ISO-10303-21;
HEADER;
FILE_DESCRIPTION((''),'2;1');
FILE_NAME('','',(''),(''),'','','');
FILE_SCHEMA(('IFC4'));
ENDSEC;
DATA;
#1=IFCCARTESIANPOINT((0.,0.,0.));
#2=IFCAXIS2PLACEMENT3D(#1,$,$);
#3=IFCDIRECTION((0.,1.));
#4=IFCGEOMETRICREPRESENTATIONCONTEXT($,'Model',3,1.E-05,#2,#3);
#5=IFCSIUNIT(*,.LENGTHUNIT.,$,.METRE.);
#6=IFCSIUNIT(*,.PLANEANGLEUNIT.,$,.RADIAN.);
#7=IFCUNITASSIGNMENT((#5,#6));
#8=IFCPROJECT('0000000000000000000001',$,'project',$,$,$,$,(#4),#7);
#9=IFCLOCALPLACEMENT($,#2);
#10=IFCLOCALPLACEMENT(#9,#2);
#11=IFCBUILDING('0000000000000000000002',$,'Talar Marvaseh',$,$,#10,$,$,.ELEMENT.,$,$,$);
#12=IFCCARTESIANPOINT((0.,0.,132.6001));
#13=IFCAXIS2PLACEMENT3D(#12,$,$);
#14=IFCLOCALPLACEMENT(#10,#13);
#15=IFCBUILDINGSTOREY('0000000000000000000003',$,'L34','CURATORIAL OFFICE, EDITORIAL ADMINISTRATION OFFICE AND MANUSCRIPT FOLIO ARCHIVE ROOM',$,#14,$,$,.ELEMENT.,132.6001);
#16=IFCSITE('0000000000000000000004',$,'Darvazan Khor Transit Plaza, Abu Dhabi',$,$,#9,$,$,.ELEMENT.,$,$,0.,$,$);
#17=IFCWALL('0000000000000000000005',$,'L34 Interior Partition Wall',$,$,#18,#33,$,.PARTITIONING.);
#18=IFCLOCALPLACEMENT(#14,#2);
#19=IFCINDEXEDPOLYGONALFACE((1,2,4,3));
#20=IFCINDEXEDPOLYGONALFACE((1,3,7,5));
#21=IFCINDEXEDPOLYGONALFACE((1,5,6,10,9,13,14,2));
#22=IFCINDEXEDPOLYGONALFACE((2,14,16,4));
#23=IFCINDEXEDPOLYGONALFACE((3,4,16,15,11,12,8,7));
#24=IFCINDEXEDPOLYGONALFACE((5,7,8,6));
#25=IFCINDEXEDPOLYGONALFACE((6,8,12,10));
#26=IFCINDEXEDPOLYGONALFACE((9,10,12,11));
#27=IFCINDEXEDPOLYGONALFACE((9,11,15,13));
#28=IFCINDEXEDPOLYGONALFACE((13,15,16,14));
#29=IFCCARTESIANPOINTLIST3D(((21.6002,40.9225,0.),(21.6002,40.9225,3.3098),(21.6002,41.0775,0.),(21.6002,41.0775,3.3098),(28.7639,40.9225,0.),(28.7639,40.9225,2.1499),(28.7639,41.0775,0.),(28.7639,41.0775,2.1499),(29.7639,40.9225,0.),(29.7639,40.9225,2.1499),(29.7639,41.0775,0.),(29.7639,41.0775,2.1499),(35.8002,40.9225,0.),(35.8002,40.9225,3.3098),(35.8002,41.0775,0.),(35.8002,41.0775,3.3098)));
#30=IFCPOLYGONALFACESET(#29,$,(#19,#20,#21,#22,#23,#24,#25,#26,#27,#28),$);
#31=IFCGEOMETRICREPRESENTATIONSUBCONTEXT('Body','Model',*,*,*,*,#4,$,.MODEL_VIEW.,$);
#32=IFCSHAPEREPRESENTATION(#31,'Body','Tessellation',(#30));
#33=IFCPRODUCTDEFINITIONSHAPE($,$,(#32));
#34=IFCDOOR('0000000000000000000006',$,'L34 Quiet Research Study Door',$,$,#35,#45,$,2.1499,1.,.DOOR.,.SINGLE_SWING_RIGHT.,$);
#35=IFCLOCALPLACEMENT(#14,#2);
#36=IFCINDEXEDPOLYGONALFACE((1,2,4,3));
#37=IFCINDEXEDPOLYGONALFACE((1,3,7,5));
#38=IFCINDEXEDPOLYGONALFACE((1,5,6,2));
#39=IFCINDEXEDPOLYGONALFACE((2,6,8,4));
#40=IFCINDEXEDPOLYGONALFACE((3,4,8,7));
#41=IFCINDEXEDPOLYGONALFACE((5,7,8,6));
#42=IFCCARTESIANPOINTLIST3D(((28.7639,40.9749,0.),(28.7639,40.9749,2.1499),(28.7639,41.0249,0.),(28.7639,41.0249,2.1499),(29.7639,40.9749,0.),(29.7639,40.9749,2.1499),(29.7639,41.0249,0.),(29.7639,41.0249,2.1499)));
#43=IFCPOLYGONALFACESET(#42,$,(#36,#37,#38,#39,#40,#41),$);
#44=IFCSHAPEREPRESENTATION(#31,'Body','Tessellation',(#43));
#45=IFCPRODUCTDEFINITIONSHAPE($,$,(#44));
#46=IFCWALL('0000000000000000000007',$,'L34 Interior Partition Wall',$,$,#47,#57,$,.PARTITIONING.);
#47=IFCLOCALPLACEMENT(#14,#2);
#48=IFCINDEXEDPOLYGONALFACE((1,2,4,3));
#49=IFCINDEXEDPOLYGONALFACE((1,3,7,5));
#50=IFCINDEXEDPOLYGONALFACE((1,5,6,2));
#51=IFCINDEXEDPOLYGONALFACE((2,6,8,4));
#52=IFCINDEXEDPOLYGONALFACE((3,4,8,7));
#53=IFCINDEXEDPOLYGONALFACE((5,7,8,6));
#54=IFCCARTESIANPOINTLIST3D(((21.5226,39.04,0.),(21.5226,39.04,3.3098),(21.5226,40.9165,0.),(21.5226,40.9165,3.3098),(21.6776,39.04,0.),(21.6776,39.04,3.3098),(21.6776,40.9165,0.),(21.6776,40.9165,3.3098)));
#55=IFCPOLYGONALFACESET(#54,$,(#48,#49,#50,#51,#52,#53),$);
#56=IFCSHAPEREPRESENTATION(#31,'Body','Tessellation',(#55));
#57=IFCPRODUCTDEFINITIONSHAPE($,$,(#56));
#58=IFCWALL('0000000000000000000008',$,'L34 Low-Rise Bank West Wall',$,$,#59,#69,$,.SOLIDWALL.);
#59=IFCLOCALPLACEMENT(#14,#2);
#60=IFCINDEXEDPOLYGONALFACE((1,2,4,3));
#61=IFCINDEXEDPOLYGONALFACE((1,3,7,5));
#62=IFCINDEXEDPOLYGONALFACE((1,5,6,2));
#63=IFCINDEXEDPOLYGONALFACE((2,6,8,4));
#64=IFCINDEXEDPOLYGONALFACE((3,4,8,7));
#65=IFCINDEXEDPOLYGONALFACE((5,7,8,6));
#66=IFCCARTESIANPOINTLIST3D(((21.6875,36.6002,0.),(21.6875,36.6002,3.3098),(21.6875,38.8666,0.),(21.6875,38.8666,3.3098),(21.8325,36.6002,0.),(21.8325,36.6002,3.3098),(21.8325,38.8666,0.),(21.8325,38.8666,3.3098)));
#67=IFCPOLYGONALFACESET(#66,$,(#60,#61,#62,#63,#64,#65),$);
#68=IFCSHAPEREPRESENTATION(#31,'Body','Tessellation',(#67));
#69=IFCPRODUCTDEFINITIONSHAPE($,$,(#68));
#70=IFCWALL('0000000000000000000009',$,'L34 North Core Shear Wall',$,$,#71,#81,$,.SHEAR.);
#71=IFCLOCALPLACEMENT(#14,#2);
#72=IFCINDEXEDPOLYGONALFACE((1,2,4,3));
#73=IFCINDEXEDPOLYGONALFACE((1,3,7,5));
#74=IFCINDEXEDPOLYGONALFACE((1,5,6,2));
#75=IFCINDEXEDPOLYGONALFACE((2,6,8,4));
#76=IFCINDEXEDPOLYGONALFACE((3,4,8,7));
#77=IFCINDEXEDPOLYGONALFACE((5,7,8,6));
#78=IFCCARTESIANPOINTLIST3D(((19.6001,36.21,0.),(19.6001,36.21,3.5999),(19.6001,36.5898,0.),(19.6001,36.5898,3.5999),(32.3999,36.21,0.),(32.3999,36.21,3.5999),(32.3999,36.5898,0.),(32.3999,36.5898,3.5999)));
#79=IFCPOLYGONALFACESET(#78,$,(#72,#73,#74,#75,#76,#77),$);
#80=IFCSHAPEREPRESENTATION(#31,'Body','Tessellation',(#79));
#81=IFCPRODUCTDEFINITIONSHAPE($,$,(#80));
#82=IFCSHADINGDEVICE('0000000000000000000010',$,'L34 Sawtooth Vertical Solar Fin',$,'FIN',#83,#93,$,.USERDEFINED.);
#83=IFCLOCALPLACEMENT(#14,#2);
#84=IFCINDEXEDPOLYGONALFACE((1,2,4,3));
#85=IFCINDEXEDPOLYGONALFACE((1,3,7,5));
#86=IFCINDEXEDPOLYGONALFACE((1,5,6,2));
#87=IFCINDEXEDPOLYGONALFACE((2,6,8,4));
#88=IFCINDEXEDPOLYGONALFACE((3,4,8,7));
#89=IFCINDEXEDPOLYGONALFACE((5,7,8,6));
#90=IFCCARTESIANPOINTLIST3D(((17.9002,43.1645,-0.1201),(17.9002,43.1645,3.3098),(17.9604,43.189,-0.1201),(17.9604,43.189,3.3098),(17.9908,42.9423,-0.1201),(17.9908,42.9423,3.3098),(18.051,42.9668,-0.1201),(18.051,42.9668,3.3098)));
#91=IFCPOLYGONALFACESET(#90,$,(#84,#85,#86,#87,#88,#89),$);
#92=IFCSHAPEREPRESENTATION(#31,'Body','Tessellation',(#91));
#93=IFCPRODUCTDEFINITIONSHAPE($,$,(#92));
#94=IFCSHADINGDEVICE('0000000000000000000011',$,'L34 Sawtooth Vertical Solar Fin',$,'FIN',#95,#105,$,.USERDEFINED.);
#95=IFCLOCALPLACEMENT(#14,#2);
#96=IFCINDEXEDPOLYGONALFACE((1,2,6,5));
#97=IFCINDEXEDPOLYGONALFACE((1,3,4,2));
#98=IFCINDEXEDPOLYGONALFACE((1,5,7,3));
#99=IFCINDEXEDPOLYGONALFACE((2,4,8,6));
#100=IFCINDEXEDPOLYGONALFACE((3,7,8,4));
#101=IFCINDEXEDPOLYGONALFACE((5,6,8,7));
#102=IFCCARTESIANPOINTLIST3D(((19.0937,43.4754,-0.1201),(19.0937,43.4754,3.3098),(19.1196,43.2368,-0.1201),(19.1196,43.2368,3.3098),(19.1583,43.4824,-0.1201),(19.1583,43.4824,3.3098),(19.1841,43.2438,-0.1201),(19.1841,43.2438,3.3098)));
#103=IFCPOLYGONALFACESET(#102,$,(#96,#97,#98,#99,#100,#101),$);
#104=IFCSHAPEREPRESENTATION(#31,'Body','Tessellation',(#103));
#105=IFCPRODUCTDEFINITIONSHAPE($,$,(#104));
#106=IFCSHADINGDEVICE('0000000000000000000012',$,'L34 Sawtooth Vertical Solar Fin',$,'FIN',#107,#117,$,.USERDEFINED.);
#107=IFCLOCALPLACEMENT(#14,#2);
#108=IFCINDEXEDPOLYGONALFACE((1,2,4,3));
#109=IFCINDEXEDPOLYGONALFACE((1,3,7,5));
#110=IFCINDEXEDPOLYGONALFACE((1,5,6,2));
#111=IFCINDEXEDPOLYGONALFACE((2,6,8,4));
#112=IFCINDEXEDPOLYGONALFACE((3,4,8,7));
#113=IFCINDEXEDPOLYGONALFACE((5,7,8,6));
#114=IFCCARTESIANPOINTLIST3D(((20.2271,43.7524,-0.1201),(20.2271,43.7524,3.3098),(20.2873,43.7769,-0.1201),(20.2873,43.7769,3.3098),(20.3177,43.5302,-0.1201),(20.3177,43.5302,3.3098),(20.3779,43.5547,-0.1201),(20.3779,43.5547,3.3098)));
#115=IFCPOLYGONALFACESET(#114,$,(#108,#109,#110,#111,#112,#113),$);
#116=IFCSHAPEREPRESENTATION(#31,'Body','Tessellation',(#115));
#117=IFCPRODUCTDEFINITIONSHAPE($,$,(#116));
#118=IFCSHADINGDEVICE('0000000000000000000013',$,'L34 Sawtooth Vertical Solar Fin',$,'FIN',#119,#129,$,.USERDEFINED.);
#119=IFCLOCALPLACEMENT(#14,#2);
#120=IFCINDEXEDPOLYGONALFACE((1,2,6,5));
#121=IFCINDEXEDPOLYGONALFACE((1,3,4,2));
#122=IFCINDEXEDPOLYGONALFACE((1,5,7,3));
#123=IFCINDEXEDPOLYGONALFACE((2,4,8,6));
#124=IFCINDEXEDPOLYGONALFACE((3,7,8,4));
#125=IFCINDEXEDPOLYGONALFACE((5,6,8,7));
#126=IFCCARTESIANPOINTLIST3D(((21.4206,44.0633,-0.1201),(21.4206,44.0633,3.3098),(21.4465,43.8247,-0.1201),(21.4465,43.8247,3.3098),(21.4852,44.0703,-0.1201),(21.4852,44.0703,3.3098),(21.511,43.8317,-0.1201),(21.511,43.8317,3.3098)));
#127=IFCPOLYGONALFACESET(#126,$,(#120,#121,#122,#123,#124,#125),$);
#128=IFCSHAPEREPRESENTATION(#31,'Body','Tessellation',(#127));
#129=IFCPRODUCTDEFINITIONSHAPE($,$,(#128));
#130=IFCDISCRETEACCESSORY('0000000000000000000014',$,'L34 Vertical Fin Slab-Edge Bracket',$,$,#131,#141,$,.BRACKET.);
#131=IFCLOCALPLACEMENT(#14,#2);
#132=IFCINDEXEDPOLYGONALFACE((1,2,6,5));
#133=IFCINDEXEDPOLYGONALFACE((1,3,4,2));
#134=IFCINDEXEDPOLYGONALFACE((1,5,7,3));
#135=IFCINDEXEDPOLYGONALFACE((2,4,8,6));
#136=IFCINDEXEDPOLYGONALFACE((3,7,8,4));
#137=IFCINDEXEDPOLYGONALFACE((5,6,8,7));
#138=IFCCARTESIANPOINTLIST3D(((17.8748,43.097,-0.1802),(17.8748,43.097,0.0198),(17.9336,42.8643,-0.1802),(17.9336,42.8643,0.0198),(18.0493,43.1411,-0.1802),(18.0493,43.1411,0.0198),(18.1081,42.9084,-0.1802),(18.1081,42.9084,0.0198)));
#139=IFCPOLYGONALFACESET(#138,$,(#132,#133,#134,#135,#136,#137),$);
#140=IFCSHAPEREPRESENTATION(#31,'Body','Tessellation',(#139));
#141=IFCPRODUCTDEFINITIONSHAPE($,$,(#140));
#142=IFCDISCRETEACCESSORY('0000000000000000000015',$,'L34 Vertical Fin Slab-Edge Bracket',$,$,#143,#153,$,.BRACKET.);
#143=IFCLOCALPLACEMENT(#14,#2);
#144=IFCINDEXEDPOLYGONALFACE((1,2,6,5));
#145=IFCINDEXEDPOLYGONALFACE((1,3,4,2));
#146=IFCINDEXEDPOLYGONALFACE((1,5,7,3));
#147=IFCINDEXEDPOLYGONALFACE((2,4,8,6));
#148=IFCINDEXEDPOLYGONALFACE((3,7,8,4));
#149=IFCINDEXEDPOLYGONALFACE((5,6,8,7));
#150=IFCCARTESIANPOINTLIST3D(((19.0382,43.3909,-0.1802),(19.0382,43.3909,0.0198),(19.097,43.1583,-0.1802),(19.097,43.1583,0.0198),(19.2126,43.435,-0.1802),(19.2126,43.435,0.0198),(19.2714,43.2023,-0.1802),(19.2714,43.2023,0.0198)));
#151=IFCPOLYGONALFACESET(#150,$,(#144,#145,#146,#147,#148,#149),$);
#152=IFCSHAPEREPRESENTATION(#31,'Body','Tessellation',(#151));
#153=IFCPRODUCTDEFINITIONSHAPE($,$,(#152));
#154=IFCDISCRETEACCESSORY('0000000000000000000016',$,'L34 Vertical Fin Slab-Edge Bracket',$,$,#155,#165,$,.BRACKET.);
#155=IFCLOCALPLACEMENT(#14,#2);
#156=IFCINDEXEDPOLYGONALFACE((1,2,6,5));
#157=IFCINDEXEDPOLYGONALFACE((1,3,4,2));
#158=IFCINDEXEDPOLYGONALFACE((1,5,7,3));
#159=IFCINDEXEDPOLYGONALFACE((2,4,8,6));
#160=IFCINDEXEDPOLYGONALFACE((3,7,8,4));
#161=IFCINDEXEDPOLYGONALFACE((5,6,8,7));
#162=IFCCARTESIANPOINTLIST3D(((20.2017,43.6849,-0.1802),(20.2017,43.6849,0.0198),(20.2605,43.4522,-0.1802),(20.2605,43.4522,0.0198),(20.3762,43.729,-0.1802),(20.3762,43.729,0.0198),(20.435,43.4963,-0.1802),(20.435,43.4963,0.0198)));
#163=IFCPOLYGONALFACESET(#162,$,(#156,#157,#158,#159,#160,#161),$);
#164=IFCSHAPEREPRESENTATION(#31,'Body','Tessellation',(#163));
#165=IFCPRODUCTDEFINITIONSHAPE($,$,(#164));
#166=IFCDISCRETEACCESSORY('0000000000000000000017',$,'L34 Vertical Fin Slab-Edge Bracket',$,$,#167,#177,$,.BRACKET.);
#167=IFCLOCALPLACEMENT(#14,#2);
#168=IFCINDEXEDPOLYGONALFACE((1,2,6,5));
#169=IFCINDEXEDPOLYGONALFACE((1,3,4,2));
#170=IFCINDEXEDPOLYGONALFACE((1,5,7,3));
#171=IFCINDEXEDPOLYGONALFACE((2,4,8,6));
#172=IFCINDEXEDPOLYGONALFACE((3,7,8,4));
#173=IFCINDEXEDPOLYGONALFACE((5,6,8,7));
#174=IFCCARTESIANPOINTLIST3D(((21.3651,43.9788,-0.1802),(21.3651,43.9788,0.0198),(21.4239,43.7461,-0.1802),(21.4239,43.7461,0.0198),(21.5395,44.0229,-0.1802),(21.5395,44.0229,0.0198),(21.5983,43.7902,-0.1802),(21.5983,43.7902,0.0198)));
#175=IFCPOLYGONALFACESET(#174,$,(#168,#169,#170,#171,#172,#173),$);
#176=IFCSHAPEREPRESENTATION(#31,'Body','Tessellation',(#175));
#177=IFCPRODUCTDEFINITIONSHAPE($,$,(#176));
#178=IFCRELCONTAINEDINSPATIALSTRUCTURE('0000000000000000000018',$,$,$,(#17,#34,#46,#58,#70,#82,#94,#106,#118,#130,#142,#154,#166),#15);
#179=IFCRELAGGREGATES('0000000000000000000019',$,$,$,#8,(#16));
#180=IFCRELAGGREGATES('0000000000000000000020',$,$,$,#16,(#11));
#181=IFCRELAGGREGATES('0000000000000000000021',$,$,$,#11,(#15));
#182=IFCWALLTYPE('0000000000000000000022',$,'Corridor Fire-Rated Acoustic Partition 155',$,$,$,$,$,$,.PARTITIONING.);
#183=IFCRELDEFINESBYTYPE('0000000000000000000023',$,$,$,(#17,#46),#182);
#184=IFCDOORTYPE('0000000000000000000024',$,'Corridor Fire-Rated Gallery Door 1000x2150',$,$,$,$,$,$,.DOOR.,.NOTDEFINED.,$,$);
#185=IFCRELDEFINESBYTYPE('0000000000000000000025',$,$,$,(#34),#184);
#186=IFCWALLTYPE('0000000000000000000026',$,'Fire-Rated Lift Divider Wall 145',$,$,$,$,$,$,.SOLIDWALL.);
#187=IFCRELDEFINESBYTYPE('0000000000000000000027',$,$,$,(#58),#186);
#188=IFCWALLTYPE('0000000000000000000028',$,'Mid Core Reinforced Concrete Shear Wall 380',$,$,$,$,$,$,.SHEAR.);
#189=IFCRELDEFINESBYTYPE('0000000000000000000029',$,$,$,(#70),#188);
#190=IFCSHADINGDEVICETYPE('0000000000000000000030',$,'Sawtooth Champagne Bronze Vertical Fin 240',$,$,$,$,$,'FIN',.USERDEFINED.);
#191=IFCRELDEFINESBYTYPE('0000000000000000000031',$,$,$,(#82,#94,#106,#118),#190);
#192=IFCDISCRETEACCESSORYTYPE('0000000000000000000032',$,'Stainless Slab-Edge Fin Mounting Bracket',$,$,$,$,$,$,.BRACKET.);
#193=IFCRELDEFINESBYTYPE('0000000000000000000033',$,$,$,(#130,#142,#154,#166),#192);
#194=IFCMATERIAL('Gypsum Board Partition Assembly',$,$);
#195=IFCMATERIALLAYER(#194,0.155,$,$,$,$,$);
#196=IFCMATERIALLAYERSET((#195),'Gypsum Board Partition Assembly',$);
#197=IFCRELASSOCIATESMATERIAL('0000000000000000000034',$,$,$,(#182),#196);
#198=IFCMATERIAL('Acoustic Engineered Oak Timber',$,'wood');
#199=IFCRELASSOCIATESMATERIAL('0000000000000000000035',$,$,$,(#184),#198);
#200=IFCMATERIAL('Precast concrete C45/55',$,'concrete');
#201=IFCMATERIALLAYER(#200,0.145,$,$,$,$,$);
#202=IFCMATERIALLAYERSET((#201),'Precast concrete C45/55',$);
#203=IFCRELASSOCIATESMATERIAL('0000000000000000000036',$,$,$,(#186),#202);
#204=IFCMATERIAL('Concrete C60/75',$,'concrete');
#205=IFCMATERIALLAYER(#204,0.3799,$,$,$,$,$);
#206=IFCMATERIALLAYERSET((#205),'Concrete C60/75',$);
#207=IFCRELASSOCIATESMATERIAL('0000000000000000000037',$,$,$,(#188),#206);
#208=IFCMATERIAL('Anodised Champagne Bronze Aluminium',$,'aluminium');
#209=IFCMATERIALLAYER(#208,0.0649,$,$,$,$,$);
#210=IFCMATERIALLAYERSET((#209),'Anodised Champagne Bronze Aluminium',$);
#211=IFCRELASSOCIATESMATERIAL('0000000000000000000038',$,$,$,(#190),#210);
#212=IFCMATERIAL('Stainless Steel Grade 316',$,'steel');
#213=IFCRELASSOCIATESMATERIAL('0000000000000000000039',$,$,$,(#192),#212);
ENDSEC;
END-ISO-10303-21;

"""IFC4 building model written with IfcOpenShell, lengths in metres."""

from ifc_helpers import new_model, si_unit, direction, frame, frame_2d, origin, origin_2d, place, context, subcontext, project, spatial, rectangle, extrude, source, transform, mapped, material, layer, layer_set, type_object, type_shapes, element, fill, save


model = new_model("IFC4")

# Units and contexts
model_context = context("Model", 3, precision=1e-05, world=origin(), true_north=direction((0.0, 1.0)))
body_context = subcontext(model_context, "Body", "Model", "MODEL_VIEW")
ifc_project = project(units=[si_unit("LENGTHUNIT", "METRE"), si_unit("PLANEANGLEUNIT", "RADIAN")], contexts=[model_context])

# Site, building, storey
site_placement = place(None, origin())
site = spatial("IfcSite", under=ifc_project, at=site_placement, Name="Darvazan Khor Transit Plaza, Abu Dhabi", CompositionType="ELEMENT", RefElevation=0.0)
building_placement = place(site_placement, origin())
building = spatial("IfcBuilding", under=site, at=building_placement, Name="Talar Marvaseh", CompositionType="ELEMENT")
storey_placement = place(building_placement, frame((0.0, 0.0, 132.6001)))
storey = spatial("IfcBuildingStorey", under=building, at=storey_placement, Name="L34", Description="CURATORIAL OFFICE, EDITORIAL ADMINISTRATION OFFICE AND MANUSCRIPT FOLIO ARCHIVE ROOM", CompositionType="ELEMENT", Elevation=132.6001)

# Shared definitions
ifc_material_1 = material(Name="Concrete C60/75", Category="concrete")

# Wall, opening, door
ifc_material_2 = material(Name="Gypsum Board Partition Assembly")
ifc_layer_1 = layer(ifc_material_2, 0.155)
ifc_layer_set_1 = layer_set([ifc_layer_1], Name="Gypsum Board Partition Assembly")
wall_type_1 = type_object("IfcWallType", Name="Corridor Fire-Rated Acoustic Partition 155", PredefinedType="PARTITIONING", material=ifc_layer_set_1)
wall_1_placement = place(storey_placement, frame((21.6001, 41.0, 0.0), z_axis=(0.0, 0.0, 1.0), x_axis=(1.0, 0.0, 0.0)))
wall_1 = element("IfcWall", 1, at=wall_1_placement, inside=storey, type_object=wall_type_1, Name="L34 Interior Partition Wall", PredefinedType="PARTITIONING", context=body_context, shape_type="SweptSolid", body=[
    extrude(rectangle(XDim=14.2, YDim=0.155, at=frame_2d((7.1001, 0.0))), origin(), (0.0, 0.0, 1.0), 3.3098),
])
opening_1_placement = place(wall_1_placement, frame((7.1638, 0.0, 0.0)))
opening_1 = element("IfcOpeningElement", 2, at=opening_1_placement, cuts=wall_1, PredefinedType="OPENING", context=body_context, shape_type="SweptSolid", body=[
    extrude(rectangle(XDim=1.0, YDim=2.1499, at=frame_2d((0.5, 1.075))), frame((0.0, 0.0874, 0.0), z_axis=(0.0, -1.0, 0.0), x_axis=(1.0, 0.0, 0.0)), (0.0, 0.0, 1.0), 0.175),
])
ifc_material_3 = material(Name="Acoustic Engineered Oak Timber", Category="wood")
door_type_1 = type_object("IfcDoorType", Name="Corridor Fire-Rated Gallery Door 1000x2150", OperationType="NOTDEFINED", PredefinedType="DOOR", material=ifc_material_3)
shared_shape_1 = source(origin(), body_context, "Body", "SweptSolid", [
    extrude(rectangle(XDim=1.0, YDim=2.1499, at=frame_2d((0.5, 1.075))), frame((0.0, 0.0249, 0.0), z_axis=(0.0, -1.0, 0.0), x_axis=(1.0, 0.0, 0.0)), (0.0, 0.0, 1.0), 0.05),
])
type_shapes(door_type_1, [shared_shape_1])
door_1_placement = place(opening_1_placement, origin())
door_1 = element("IfcDoor", 3, at=door_1_placement, inside=storey, type_object=door_type_1, Name="L34 Quiet Research Study Door", OperationType="SINGLE_SWING_RIGHT", OverallHeight=2.1499, OverallWidth=1.0, PredefinedType="DOOR", context=body_context, shape_type="MappedRepresentation", body=[
    mapped(shared_shape_1, transform((0.0, 0.0, 0.0), x_axis=(1.0, 0.0, 0.0), y_axis=(0.0, 1.0, 0.0), z_axis=(0.0, 0.0, 1.0), scale=1.0)),
])
fill(opening_1, door_1)

# Walls
wall_2_placement = place(storey_placement, frame((21.6001, 39.04, 0.0), z_axis=(0.0, 0.0, 1.0), x_axis=(0.0, 1.0, 0.0)))
element("IfcWall", 4, at=wall_2_placement, inside=storey, type_object=wall_type_1, Name="L34 Interior Partition Wall", PredefinedType="PARTITIONING", context=body_context, shape_type="SweptSolid", body=[
    extrude(rectangle(XDim=1.8765, YDim=0.155, at=frame_2d((0.9382, 0.0))), origin(), (0.0, 0.0, 1.0), 3.3098),
])
ifc_material_4 = material(Name="Precast concrete C45/55", Category="concrete")
ifc_layer_2 = layer(ifc_material_4, 0.145)
ifc_layer_set_2 = layer_set([ifc_layer_2], Name="Precast concrete C45/55")
wall_type_2 = type_object("IfcWallType", Name="Fire-Rated Lift Divider Wall 145", PredefinedType="SOLIDWALL", material=ifc_layer_set_2)
wall_3_placement = place(storey_placement, frame((21.76, 36.6001, 0.0), z_axis=(0.0, 0.0, 1.0), x_axis=(0.0, 1.0, 0.0)))
element("IfcWall", 5, at=wall_3_placement, inside=storey, type_object=wall_type_2, Name="L34 Low-Rise Bank West Wall", PredefinedType="SOLIDWALL", context=body_context, shape_type="SweptSolid", body=[
    extrude(rectangle(XDim=2.2664, YDim=0.145, at=frame_2d((1.1333, 0.0))), origin(), (0.0, 0.0, 1.0), 3.3098),
])

# Shared definitions
ifc_material_5 = material(Name="Stainless Steel Grade 316", Category="steel")

# Wall
ifc_layer_3 = layer(ifc_material_1, 0.3799)
ifc_layer_set_3 = layer_set([ifc_layer_3], Name="Concrete C60/75")
wall_type_3 = type_object("IfcWallType", Name="Mid Core Reinforced Concrete Shear Wall 380", PredefinedType="SHEAR", material=ifc_layer_set_3)
wall_4_placement = place(storey_placement, frame((19.6001, 36.3999, 0.0), z_axis=(0.0, 0.0, 1.0), x_axis=(1.0, 0.0, 0.0)))
element("IfcWall", 6, at=wall_4_placement, inside=storey, type_object=wall_type_3, Name="L34 North Core Shear Wall", PredefinedType="SHEAR", context=body_context, shape_type="SweptSolid", body=[
    extrude(rectangle(XDim=12.7998, YDim=0.3799, at=frame_2d((6.3999, 0.0))), origin(), (0.0, 0.0, 1.0), 3.5999),
])

# Shading devices
ifc_material_6 = material(Name="Anodised Champagne Bronze Aluminium", Category="aluminium")
ifc_layer_4 = layer(ifc_material_6, 0.0649)
ifc_layer_set_4 = layer_set([ifc_layer_4], Name="Anodised Champagne Bronze Aluminium")
shading_device_type = type_object("IfcShadingDeviceType", Name="Sawtooth Champagne Bronze Vertical Fin 240", ElementType="FIN", PredefinedType="USERDEFINED", material=ifc_layer_set_4)
shared_shape_2 = source(origin(), body_context, "Body", "SweptSolid", [
    extrude(rectangle(XDim=0.24, YDim=0.0649, at=origin_2d()), origin(), (0.0, 0.0, 1.0), 3.4299),
])
type_shapes(shading_device_type, [shared_shape_2])
for number, where, z_axis, x_axis, name in (
    (7, (17.9756, 43.0657, -0.1201), (0.0, 0.0, 1.0), (-0.377518, 0.926002, 0.0), "L34 Sawtooth Vertical Solar Fin"),
    (8, (19.1389, 43.3596, -0.1201), (0.0, 0.0, 1.0), (-0.107652, 0.994189, 0.0), "L34 Sawtooth Vertical Solar Fin"),
    (9, (20.3025, 43.6536, -0.1201), (0.0, 0.0, 1.0), (-0.377518, 0.926002, 0.0), "L34 Sawtooth Vertical Solar Fin"),
    (10, (21.4658, 43.9475, -0.1201), (0.0, 0.0, 1.0), (-0.107652, 0.994189, 0.0), "L34 Sawtooth Vertical Solar Fin"),
):
    element("IfcShadingDevice", number, at=place(storey_placement, frame(where, z_axis=z_axis, x_axis=x_axis)), inside=storey, type_object=shading_device_type, Name=name, ObjectType="FIN", PredefinedType="USERDEFINED", context=body_context, shape_type="MappedRepresentation", body=[
        mapped(shared_shape_2, transform((0.0, 0.0, 0.0), x_axis=(1.0, 0.0, 0.0), y_axis=(0.0, 1.0, 0.0), z_axis=(0.0, 0.0, 1.0), scale=1.0)),
    ])

# Discrete accessories
discrete_accessory_type = type_object("IfcDiscreteAccessoryType", Name="Stainless Slab-Edge Fin Mounting Bracket", PredefinedType="BRACKET", material=ifc_material_5)
shared_shape_3 = source(origin(), body_context, "Body", "SweptSolid", [
    extrude(rectangle(XDim=0.24, YDim=0.1799, at=origin_2d()), origin(), (0.0, 0.0, 1.0), 0.2),
])
type_shapes(discrete_accessory_type, [shared_shape_3])
for number, where, z_axis, x_axis, name in (
    (11, (17.9915, 43.0027, -0.1802), (0.0, 0.0, 1.0), (-0.244969, 0.969531, 0.0), "L34 Vertical Fin Slab-Edge Bracket"),
    (12, (19.1548, 43.2966, -0.1802), (0.0, 0.0, 1.0), (-0.244969, 0.969531, 0.0), "L34 Vertical Fin Slab-Edge Bracket"),
    (13, (20.3184, 43.5906, -0.1802), (0.0, 0.0, 1.0), (-0.244969, 0.969531, 0.0), "L34 Vertical Fin Slab-Edge Bracket"),
    (14, (21.4817, 43.8845, -0.1802), (0.0, 0.0, 1.0), (-0.244969, 0.969531, 0.0), "L34 Vertical Fin Slab-Edge Bracket"),
):
    element("IfcDiscreteAccessory", number, at=place(storey_placement, frame(where, z_axis=z_axis, x_axis=x_axis)), inside=storey, type_object=discrete_accessory_type, Name=name, PredefinedType="BRACKET", context=body_context, shape_type="MappedRepresentation", body=[
        mapped(shared_shape_3, transform((0.0, 0.0, 0.0), x_axis=(1.0, 0.0, 0.0), y_axis=(0.0, 1.0, 0.0), z_axis=(0.0, 0.0, 1.0), scale=1.0)),
    ])

save(model, "model.ifc")
